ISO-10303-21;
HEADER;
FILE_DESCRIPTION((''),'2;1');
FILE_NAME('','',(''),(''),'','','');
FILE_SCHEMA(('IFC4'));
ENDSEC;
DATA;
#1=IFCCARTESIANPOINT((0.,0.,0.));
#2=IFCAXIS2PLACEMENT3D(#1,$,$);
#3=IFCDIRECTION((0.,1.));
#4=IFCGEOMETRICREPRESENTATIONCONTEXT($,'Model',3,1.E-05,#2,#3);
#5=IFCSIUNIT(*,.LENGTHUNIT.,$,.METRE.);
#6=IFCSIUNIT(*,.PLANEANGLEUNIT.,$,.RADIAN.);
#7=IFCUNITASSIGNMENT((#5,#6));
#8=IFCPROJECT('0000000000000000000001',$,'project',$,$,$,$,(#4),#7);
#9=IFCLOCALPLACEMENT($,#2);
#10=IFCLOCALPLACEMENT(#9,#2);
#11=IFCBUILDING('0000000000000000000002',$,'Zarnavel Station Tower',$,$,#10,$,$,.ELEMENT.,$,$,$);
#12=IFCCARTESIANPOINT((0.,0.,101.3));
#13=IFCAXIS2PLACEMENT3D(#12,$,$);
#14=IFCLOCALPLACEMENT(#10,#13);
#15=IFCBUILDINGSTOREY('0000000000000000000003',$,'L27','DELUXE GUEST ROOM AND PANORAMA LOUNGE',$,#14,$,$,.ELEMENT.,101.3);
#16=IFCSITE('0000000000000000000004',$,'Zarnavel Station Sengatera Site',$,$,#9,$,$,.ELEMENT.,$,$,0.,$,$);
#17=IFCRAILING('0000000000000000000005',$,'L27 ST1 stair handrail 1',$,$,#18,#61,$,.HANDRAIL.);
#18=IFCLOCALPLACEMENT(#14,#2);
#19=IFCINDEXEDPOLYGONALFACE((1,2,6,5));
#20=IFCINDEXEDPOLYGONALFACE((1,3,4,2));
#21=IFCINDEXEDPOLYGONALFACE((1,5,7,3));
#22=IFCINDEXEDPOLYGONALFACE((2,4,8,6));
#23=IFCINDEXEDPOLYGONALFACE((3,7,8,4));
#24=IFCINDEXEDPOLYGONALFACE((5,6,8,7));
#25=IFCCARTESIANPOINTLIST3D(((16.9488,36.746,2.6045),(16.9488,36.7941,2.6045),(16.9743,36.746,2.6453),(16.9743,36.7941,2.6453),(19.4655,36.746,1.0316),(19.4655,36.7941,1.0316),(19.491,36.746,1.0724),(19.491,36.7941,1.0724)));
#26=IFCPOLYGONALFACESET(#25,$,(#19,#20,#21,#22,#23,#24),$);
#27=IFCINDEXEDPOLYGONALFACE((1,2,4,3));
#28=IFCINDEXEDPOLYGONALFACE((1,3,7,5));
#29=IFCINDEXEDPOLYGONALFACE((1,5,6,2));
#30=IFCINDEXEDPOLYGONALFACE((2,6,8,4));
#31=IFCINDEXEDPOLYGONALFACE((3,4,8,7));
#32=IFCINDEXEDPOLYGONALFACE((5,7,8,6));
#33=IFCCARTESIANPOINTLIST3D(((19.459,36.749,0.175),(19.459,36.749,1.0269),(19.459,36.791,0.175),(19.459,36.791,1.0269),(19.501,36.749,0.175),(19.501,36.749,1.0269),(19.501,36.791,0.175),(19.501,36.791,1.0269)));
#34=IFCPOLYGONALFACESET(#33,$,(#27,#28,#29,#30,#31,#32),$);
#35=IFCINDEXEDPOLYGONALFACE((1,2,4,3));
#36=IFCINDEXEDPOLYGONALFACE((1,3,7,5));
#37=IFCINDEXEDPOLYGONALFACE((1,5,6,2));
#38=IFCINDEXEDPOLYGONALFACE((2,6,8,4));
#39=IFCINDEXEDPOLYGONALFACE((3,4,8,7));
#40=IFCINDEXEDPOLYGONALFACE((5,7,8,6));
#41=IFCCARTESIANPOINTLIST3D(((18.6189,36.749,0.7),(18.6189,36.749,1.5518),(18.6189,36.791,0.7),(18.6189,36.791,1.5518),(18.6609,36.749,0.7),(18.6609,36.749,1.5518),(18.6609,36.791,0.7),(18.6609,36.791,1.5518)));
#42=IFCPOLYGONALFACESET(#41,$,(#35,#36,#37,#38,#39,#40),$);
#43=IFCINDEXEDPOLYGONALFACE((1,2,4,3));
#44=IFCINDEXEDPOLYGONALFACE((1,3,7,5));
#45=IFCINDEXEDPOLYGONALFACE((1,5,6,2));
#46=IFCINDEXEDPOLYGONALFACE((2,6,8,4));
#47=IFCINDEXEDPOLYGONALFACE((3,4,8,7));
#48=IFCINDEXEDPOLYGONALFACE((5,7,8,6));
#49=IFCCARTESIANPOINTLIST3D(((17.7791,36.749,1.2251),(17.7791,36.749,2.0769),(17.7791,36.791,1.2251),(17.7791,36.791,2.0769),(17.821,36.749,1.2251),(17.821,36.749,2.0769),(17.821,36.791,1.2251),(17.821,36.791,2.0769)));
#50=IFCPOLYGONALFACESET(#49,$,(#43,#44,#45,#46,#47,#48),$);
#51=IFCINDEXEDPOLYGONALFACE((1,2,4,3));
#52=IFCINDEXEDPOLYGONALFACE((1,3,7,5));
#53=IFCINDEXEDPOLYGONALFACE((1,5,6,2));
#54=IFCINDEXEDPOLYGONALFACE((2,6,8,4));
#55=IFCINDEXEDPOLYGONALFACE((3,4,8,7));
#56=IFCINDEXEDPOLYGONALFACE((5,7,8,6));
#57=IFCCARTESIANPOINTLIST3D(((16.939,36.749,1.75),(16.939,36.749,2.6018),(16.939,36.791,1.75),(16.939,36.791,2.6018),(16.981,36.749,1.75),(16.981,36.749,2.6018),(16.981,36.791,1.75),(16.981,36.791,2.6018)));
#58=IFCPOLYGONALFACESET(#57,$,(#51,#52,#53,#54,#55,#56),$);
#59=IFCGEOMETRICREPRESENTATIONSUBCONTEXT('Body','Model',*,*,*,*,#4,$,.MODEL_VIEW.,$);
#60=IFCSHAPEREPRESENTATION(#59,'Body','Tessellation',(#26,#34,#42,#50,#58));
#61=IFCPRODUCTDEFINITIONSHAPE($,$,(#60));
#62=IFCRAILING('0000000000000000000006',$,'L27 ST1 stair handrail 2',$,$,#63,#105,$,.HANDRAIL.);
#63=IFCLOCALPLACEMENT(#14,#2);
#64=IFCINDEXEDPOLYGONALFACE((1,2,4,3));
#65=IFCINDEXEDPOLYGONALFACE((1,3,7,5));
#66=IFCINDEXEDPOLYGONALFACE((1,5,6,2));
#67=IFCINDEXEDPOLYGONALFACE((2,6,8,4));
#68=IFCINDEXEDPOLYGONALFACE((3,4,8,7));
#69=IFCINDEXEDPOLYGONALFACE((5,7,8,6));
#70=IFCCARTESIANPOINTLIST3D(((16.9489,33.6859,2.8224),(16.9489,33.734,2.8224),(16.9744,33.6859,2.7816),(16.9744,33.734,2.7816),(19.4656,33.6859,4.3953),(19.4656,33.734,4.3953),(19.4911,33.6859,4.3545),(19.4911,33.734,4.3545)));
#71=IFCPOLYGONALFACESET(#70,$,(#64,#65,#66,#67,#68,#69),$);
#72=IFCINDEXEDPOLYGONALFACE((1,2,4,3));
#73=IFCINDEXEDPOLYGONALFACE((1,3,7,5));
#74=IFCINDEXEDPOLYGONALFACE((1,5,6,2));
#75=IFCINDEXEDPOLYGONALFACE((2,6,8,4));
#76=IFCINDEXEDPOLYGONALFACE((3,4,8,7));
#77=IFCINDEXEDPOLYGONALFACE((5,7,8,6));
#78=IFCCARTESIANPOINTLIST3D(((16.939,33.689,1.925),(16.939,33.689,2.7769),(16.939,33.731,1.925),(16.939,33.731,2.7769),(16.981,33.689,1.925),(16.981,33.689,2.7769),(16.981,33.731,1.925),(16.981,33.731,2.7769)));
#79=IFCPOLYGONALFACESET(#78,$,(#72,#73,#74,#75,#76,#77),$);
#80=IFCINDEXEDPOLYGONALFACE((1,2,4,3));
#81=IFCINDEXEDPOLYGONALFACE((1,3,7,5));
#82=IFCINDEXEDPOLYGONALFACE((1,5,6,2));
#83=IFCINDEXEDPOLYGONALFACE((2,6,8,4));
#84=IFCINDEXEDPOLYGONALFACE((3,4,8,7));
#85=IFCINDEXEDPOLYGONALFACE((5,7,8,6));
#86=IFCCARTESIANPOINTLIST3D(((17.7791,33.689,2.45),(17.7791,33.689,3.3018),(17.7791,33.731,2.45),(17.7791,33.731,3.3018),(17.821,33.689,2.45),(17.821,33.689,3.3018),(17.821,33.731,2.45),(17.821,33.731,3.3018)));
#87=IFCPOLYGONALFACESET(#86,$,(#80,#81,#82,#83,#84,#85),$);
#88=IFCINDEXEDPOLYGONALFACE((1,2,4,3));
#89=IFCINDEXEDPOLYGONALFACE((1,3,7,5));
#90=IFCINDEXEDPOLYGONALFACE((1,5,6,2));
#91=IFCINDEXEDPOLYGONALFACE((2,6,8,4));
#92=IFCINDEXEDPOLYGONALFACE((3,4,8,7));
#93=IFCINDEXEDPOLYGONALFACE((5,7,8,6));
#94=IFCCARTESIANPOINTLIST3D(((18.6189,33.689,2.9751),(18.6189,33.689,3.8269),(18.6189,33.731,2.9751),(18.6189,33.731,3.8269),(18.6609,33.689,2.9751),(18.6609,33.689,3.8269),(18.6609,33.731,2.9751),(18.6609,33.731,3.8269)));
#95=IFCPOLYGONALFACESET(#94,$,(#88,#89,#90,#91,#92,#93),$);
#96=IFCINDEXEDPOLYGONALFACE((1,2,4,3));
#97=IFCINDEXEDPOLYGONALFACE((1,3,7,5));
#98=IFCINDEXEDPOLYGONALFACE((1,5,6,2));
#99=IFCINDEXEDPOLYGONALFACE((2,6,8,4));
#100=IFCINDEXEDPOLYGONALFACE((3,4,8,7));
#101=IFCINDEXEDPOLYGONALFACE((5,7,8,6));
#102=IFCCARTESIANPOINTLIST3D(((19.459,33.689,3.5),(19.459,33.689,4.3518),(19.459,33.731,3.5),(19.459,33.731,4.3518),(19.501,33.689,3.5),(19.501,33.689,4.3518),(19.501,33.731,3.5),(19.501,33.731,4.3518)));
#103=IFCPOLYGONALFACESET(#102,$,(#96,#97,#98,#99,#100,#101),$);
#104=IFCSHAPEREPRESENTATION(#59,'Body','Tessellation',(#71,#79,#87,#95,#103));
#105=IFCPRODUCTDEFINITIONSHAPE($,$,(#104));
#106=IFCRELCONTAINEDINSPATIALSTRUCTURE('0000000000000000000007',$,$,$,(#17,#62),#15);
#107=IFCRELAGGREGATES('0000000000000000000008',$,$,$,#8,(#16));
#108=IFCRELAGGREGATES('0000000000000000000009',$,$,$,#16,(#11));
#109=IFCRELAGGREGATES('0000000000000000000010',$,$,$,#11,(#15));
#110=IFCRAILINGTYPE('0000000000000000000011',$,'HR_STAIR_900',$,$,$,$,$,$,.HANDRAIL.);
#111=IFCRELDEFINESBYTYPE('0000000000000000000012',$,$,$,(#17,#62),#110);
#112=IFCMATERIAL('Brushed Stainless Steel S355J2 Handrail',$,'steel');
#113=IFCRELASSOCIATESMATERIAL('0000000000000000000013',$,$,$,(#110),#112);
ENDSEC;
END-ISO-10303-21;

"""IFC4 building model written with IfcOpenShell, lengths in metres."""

from ifc_helpers import new_model, si_unit, direction, frame, origin, origin_2d, place, context, subcontext, project, spatial, rectangle, extrude, material, type_object, element, save


model = new_model("IFC4")

# Units and contexts
model_context = context("Model", 3, precision=1e-05, world=origin(), true_north=direction((0.0, 1.0)))
body_context = subcontext(model_context, "Body", "Model", "MODEL_VIEW")
ifc_project = project(units=[si_unit("LENGTHUNIT", "METRE"), si_unit("PLANEANGLEUNIT", "RADIAN")], contexts=[model_context])

# Site, building, storey
site_placement = place(None, origin())
site = spatial("IfcSite", under=ifc_project, at=site_placement, Name="Zarnavel Station Sengatera Site", CompositionType="ELEMENT", RefElevation=0.0)
building_placement = place(site_placement, origin())
building = spatial("IfcBuilding", under=site, at=building_placement, Name="Zarnavel Station Tower", CompositionType="ELEMENT")
storey_placement = place(building_placement, frame((0.0, 0.0, 101.3)))
storey = spatial("IfcBuildingStorey", under=building, at=storey_placement, Name="L27", Description="DELUXE GUEST ROOM AND PANORAMA LOUNGE", CompositionType="ELEMENT", Elevation=101.3)

# Railings
ifc_material_1 = material(Name="Brushed Stainless Steel S355J2 Handrail", Category="steel")
railing_type_1 = type_object("IfcRailingType", Name="HR_STAIR_900", PredefinedType="HANDRAIL", material=ifc_material_1)
railing_1_placement = place(storey_placement, frame((19.48, 36.77, 0.175)))
element("IfcRailing", 1, at=railing_1_placement, inside=storey, type_object=railing_type_1, Name="L27 ST1 stair handrail 1", PredefinedType="HANDRAIL", context=body_context, shape_type="SweptSolid", body=[
    extrude(rectangle(XDim=0.0481, YDim=0.0481, at=origin_2d()), frame((-0.0017, 0.0, 0.877), z_axis=(-0.848008, 0.0, 0.529984), x_axis=(0.0, -1.0, 0.0)), (0.0, 0.0, 1.0), 2.9678),
    extrude(rectangle(XDim=0.042, YDim=0.042, at=origin_2d()), origin(), (0.0, 0.0, 1.0), 0.8518),
    extrude(rectangle(XDim=0.042, YDim=0.042, at=origin_2d()), frame((-0.8401, 0.0, 0.5249)), (0.0, 0.0, 1.0), 0.8518),
    extrude(rectangle(XDim=0.042, YDim=0.042, at=origin_2d()), frame((-1.6799, 0.0, 1.05)), (0.0, 0.0, 1.0), 0.8518),
    extrude(rectangle(XDim=0.042, YDim=0.042, at=origin_2d()), frame((-2.52, 0.0, 1.575)), (0.0, 0.0, 1.0), 0.8518),
])
railing_2_placement = place(storey_placement, frame((16.96, 33.71, 1.925)))
element("IfcRailing", 2, at=railing_2_placement, inside=storey, type_object=railing_type_1, Name="L27 ST1 stair handrail 2", PredefinedType="HANDRAIL", context=body_context, shape_type="SweptSolid", body=[
    extrude(rectangle(XDim=0.0481, YDim=0.0481, at=origin_2d()), frame((0.0017, 0.0, 0.877), z_axis=(0.848008, 0.0, 0.529984), x_axis=(0.0, 1.0, 0.0)), (0.0, 0.0, 1.0), 2.9678),
    extrude(rectangle(XDim=0.042, YDim=0.042, at=origin_2d()), origin(), (0.0, 0.0, 1.0), 0.8518),
    extrude(rectangle(XDim=0.042, YDim=0.042, at=origin_2d()), frame((0.8401, 0.0, 0.5249)), (0.0, 0.0, 1.0), 0.8518),
    extrude(rectangle(XDim=0.042, YDim=0.042, at=origin_2d()), frame((1.6799, 0.0, 1.05)), (0.0, 0.0, 1.0), 0.8518),
    extrude(rectangle(XDim=0.042, YDim=0.042, at=origin_2d()), frame((2.52, 0.0, 1.575)), (0.0, 0.0, 1.0), 0.8518),
])

save(model, "model.ifc")
